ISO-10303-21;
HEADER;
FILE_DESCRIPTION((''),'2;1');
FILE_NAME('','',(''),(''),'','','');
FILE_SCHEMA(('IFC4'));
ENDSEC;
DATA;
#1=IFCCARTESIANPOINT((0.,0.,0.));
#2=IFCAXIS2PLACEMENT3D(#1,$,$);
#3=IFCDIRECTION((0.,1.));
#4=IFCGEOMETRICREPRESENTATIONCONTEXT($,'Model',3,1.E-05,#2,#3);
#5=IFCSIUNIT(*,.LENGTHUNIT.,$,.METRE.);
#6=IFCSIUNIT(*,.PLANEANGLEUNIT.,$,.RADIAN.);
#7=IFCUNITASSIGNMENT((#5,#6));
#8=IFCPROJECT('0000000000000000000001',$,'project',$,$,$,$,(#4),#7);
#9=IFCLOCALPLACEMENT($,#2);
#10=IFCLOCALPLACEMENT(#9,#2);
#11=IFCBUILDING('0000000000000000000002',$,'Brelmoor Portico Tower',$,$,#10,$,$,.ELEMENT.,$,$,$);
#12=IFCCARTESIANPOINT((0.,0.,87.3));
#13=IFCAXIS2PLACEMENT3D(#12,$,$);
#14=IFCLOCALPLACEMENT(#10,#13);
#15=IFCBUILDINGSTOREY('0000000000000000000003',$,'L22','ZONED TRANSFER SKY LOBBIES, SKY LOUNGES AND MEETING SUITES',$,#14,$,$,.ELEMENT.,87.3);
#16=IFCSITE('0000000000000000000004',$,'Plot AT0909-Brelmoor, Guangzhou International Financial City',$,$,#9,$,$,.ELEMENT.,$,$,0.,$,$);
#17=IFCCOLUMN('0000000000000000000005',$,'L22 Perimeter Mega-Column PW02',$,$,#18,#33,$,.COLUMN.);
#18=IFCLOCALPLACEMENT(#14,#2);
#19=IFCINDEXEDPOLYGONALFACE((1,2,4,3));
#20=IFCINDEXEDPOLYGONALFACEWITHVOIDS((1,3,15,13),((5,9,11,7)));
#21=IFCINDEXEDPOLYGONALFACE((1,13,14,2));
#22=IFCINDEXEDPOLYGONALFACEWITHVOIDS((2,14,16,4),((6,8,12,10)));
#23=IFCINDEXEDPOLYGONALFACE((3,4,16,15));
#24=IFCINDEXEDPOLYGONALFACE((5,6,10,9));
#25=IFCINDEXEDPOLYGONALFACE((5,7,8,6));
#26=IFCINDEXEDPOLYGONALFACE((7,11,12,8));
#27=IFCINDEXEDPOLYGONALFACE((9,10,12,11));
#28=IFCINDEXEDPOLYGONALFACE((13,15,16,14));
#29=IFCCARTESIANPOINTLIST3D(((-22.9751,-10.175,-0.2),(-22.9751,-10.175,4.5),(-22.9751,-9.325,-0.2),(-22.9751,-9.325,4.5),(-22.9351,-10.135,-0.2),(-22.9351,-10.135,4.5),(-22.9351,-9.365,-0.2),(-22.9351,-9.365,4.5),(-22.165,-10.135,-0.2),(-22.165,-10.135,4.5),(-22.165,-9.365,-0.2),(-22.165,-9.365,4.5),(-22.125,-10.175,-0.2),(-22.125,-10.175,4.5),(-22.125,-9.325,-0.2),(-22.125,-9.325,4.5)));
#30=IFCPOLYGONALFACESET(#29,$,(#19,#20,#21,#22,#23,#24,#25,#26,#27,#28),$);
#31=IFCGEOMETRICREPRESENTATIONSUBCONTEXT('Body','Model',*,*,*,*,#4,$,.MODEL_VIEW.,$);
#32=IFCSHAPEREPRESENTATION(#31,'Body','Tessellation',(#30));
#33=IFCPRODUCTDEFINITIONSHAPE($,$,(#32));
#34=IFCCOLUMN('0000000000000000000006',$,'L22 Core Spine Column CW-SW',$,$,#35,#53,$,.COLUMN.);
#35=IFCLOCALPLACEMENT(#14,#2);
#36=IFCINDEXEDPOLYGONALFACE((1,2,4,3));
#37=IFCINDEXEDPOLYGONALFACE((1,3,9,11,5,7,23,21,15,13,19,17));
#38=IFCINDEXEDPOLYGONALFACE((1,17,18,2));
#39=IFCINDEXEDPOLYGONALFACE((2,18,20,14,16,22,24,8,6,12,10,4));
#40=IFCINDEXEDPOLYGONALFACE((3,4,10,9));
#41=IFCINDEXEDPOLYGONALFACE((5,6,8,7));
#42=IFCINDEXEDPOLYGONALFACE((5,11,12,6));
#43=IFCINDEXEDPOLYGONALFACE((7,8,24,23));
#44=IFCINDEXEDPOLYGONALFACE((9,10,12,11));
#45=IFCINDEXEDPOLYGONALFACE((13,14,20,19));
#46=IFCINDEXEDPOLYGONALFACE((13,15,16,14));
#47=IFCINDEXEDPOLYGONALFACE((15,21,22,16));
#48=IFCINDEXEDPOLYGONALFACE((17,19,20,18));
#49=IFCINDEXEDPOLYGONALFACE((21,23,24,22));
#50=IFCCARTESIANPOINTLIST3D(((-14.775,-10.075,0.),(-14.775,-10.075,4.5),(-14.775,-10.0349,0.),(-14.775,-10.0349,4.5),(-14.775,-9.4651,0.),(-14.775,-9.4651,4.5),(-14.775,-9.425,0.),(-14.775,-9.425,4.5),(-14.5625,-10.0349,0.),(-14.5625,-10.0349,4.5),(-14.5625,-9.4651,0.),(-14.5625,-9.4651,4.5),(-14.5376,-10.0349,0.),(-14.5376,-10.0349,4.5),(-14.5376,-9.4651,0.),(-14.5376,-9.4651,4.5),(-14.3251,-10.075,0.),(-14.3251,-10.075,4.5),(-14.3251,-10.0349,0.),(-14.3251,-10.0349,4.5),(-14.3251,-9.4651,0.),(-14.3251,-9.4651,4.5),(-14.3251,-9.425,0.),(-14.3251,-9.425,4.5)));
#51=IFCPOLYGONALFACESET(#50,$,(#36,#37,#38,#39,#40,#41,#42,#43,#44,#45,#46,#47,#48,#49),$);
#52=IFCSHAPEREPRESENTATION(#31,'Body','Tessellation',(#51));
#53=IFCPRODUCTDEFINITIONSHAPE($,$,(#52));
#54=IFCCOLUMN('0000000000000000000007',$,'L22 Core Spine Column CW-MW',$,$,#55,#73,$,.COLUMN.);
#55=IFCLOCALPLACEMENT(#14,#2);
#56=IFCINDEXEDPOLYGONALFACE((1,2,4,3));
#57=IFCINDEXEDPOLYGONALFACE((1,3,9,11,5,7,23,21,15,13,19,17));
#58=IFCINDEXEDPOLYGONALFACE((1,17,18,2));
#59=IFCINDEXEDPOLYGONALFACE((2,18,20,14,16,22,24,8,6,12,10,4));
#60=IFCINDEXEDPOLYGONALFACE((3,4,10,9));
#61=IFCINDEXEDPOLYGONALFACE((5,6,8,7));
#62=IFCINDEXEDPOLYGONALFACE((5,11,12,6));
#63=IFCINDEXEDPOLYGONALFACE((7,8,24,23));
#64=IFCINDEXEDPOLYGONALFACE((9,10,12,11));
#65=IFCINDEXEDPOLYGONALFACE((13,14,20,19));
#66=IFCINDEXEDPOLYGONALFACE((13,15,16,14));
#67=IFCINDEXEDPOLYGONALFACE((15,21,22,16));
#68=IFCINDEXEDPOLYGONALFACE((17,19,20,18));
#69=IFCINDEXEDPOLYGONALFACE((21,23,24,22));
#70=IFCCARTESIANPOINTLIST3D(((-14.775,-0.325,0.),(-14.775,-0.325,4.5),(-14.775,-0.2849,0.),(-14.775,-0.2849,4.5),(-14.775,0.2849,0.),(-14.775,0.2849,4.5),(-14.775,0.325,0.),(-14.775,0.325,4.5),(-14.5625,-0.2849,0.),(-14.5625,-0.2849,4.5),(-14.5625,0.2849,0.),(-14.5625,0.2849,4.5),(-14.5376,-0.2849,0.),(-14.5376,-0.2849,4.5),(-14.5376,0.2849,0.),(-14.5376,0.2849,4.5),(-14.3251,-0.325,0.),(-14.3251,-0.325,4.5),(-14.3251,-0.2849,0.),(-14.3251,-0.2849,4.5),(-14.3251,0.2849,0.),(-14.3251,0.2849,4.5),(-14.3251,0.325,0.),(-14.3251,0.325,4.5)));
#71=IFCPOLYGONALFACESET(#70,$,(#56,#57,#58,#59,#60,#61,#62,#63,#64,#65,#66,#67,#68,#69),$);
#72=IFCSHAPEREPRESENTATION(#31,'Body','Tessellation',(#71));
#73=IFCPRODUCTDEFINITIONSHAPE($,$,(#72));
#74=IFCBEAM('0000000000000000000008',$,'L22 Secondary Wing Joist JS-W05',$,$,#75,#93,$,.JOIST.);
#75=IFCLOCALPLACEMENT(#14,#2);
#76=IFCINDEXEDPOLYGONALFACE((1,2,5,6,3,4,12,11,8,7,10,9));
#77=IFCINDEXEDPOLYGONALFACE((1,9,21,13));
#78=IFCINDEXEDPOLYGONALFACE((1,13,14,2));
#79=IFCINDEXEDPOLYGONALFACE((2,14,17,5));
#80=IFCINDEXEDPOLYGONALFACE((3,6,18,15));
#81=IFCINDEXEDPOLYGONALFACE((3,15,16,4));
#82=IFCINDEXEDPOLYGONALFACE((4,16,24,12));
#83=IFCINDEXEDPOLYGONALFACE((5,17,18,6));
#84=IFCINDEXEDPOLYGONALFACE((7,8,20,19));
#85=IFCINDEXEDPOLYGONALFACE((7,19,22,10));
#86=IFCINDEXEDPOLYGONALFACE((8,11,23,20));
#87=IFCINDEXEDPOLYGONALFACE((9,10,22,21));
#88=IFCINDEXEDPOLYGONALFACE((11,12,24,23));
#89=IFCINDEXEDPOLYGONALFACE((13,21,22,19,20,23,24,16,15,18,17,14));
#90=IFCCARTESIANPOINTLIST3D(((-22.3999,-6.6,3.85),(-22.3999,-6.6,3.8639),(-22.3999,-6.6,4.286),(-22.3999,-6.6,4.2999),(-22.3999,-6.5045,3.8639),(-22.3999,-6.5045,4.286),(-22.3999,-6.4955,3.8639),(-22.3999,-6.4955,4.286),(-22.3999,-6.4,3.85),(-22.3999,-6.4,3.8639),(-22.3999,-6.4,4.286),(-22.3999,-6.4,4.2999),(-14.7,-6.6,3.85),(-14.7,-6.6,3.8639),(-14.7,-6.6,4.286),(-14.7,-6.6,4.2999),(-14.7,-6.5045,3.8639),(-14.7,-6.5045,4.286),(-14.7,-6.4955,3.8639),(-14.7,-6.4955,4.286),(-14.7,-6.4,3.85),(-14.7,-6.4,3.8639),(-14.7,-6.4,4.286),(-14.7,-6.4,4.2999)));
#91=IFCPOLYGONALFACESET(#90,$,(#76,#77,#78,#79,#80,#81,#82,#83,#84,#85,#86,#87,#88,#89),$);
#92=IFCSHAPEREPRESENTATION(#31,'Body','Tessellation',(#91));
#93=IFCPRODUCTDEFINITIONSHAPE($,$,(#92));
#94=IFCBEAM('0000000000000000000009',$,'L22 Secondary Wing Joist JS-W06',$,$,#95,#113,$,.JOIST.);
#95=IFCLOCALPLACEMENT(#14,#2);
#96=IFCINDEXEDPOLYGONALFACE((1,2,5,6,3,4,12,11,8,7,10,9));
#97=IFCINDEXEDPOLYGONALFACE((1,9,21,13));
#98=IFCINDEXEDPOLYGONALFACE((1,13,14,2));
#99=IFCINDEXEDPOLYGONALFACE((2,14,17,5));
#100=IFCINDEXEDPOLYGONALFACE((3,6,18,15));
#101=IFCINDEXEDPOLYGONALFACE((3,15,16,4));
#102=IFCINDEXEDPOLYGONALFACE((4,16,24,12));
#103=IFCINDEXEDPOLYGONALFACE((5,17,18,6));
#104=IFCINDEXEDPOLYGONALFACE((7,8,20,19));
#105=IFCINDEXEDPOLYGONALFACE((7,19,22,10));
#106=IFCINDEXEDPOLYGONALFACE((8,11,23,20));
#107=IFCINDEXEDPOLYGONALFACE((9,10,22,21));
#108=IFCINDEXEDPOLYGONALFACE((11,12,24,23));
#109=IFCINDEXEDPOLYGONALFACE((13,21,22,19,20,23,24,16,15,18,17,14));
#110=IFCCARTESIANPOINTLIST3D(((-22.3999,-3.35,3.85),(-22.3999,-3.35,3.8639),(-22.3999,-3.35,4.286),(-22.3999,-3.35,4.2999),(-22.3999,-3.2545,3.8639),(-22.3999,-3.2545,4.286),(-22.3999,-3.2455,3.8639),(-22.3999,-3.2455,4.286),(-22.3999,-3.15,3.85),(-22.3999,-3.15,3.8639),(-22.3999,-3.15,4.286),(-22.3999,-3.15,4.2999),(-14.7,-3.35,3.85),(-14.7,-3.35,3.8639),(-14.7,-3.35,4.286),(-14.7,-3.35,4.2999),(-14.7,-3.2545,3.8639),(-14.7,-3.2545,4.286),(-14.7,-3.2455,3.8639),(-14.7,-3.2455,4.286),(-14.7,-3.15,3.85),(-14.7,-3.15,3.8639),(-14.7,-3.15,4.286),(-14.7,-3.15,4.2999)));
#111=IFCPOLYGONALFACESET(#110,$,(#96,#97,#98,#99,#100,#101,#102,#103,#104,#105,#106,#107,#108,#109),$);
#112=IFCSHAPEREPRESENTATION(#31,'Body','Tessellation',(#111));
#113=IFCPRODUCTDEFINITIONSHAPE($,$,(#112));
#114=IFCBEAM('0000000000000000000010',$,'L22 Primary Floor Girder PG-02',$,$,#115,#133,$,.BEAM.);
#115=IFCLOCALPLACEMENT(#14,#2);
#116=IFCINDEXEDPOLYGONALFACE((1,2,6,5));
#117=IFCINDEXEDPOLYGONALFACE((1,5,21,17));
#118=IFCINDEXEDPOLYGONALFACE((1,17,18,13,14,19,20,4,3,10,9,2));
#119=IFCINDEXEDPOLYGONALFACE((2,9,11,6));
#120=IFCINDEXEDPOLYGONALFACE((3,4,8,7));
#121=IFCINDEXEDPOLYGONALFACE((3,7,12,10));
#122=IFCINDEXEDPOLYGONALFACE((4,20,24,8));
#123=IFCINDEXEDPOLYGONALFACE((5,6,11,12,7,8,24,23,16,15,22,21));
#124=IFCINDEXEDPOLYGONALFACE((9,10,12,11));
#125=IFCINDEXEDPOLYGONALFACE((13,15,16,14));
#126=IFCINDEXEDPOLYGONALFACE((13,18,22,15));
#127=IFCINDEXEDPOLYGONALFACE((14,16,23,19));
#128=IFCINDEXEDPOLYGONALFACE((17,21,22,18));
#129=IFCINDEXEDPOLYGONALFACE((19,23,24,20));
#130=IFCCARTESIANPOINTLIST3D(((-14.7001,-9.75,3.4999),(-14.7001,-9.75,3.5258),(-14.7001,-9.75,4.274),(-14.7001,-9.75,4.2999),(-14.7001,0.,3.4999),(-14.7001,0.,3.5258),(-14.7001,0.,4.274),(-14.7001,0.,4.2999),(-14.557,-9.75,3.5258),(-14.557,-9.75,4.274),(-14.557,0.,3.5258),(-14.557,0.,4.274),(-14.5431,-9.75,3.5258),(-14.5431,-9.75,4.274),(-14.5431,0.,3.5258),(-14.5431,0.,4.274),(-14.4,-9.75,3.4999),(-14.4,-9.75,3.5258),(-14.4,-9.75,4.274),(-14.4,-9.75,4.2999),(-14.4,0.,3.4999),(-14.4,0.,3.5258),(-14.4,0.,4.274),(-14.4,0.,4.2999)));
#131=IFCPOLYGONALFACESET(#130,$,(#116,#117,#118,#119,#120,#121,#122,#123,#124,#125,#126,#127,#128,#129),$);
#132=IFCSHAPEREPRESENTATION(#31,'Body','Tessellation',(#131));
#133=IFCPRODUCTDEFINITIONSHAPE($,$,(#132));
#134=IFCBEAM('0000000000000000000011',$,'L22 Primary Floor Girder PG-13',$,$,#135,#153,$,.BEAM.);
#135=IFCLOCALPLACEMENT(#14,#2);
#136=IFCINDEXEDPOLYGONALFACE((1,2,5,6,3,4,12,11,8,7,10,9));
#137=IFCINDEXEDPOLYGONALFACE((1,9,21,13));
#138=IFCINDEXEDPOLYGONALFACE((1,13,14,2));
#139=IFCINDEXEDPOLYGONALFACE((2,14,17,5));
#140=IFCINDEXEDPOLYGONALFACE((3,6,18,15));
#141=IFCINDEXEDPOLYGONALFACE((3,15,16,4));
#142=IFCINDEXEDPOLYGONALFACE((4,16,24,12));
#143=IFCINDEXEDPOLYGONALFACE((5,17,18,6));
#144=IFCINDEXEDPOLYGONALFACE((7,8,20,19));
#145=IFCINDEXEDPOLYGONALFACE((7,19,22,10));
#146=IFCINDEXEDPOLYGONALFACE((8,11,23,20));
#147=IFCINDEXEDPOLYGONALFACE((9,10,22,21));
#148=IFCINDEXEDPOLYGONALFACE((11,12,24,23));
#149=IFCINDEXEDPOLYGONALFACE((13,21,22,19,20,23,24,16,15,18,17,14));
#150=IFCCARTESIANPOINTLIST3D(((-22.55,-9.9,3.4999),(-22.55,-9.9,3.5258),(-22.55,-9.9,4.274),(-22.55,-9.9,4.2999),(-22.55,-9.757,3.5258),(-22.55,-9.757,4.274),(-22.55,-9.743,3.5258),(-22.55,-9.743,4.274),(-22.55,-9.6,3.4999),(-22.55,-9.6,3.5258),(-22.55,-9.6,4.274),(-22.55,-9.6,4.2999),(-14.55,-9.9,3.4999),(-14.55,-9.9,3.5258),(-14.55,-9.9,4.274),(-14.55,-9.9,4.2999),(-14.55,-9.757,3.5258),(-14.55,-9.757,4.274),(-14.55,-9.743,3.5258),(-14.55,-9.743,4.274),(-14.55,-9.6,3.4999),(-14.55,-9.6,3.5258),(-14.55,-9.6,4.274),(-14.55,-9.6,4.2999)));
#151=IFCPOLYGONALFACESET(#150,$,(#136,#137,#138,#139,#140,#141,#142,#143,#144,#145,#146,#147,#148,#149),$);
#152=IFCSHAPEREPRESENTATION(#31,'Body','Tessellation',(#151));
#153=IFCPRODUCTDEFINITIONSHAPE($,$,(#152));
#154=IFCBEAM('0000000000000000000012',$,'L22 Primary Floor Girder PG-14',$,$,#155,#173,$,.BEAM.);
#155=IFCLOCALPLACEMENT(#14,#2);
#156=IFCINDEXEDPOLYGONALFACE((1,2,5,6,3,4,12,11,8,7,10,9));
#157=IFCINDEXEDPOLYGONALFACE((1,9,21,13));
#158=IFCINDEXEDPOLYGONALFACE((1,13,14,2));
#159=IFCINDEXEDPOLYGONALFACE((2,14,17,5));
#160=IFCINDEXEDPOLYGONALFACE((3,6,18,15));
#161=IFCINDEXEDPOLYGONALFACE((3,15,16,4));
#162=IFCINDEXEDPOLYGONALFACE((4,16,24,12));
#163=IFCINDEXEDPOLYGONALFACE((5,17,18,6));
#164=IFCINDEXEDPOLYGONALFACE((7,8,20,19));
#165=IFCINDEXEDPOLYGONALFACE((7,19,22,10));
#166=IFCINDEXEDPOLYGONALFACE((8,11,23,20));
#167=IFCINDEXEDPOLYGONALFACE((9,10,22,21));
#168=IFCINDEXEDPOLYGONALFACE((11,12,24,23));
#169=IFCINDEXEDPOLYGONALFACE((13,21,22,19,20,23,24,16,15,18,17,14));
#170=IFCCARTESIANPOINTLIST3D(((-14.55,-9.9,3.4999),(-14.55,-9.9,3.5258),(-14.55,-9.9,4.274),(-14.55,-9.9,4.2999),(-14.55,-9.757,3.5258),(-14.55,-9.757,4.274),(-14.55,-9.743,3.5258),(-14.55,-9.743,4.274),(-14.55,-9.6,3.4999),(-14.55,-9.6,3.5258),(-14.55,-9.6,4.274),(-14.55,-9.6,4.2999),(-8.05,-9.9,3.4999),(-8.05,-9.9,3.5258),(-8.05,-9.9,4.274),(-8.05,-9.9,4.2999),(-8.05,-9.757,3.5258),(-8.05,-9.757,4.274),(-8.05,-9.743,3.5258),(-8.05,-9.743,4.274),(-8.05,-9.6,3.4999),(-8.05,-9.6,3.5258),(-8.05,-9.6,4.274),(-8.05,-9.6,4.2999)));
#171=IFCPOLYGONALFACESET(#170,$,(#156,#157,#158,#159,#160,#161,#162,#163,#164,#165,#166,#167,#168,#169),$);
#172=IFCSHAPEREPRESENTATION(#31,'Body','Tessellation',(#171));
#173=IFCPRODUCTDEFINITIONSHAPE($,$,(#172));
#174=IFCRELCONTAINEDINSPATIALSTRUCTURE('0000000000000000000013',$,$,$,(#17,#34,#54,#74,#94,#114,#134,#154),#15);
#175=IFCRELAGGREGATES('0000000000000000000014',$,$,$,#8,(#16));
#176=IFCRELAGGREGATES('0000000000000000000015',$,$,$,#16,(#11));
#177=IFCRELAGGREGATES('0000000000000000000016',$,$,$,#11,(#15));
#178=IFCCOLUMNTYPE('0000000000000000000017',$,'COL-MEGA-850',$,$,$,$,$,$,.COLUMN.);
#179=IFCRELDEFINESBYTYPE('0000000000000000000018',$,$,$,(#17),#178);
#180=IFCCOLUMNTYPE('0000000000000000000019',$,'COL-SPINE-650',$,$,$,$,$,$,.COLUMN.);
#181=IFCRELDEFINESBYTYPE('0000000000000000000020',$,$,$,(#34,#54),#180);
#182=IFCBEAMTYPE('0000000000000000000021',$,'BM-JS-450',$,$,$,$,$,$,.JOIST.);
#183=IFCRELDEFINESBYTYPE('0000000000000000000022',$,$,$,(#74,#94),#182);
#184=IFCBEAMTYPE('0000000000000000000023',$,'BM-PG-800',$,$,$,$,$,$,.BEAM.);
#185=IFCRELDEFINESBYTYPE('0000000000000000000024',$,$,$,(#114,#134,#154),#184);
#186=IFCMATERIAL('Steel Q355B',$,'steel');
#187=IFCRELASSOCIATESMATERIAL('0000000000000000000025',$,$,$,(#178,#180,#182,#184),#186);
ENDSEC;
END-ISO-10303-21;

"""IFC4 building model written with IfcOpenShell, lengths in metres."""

from ifc_helpers import new_model, si_unit, direction, frame, origin, origin_2d, place, context, subcontext, project, spatial, hollow_rectangle, i_section, extrude, material, material_profile, profile_set, type_object, element, save


model = new_model("IFC4")

# Units and contexts
model_context = context("Model", 3, precision=1e-05, world=origin(), true_north=direction((0.0, 1.0)))
body_context = subcontext(model_context, "Body", "Model", "MODEL_VIEW")
ifc_project = project(units=[si_unit("LENGTHUNIT", "METRE"), si_unit("PLANEANGLEUNIT", "RADIAN")], contexts=[model_context])

# Site, building, storey
site_placement = place(None, origin())
site = spatial("IfcSite", under=ifc_project, at=site_placement, Name="Plot AT0909-Brelmoor, Guangzhou International Financial City", CompositionType="ELEMENT", RefElevation=0.0)
building_placement = place(site_placement, origin())
building = spatial("IfcBuilding", under=site, at=building_placement, Name="Brelmoor Portico Tower", CompositionType="ELEMENT")
storey_placement = place(building_placement, frame((0.0, 0.0, 87.3)))
storey = spatial("IfcBuildingStorey", under=building, at=storey_placement, Name="L22", Description="ZONED TRANSFER SKY LOBBIES, SKY LOUNGES AND MEETING SUITES", CompositionType="ELEMENT", Elevation=87.3)

# Columns
ifc_material_1 = material(Name="Steel Q355B", Category="steel")
ifc_material_profile_1 = material_profile(ifc_material_1, hollow_rectangle(XDim=0.8501, YDim=0.8501, WallThickness=0.04, at=origin_2d()), Name="BOX 850x850x40")
ifc_profile_set_1 = profile_set([ifc_material_profile_1], Name="Steel Q355B")
column_type_1 = type_object("IfcColumnType", Name="COL-MEGA-850", PredefinedType="COLUMN", material=ifc_profile_set_1)
column_placement = place(storey_placement, frame((-22.55, -9.75, -0.2), z_axis=(0.0, 0.0, 1.0), x_axis=(0.0, 1.0, 0.0)))
element("IfcColumn", 1, at=column_placement, inside=storey, type_object=column_type_1, Name="L22 Perimeter Mega-Column PW02", PredefinedType="COLUMN", context=body_context, shape_type="SweptSolid", body=[
    extrude(hollow_rectangle(XDim=0.8501, YDim=0.8501, WallThickness=0.04, at=origin_2d()), origin(), (0.0, 0.0, 1.0), 4.7),
])
ifc_material_profile_2 = material_profile(ifc_material_1, i_section(OverallWidth=0.45, OverallDepth=0.6499, WebThickness=0.0249, FlangeThickness=0.04, at=origin_2d()), Name="HW 650x450x25x40")
ifc_profile_set_2 = profile_set([ifc_material_profile_2], Name="Steel Q355B")
column_type_2 = type_object("IfcColumnType", Name="COL-SPINE-650", PredefinedType="COLUMN", material=ifc_profile_set_2)
for number, where, z_axis, x_axis, name in (
    (2, (-14.55, -9.75, 0.0), (0.0, 0.0, 1.0), (1.0, 0.0, 0.0), "L22 Core Spine Column CW-SW"),
    (3, (-14.55, 0.0, 0.0), (0.0, 0.0, 1.0), (1.0, 0.0, 0.0), "L22 Core Spine Column CW-MW"),
):
    element("IfcColumn", number, at=place(storey_placement, frame(where, z_axis=z_axis, x_axis=x_axis)), inside=storey, type_object=column_type_2, Name=name, PredefinedType="COLUMN", context=body_context, shape_type="SweptSolid", body=[
        extrude(i_section(OverallWidth=0.45, OverallDepth=0.6499, WebThickness=0.0249, FlangeThickness=0.04, at=origin_2d()), origin(), (0.0, 0.0, 1.0), 4.5),
    ])

# Beams
ifc_material_profile_3 = material_profile(ifc_material_1, i_section(OverallWidth=0.2, OverallDepth=0.45, WebThickness=0.009, FlangeThickness=0.0139, at=origin_2d()), Name="HN 450x200x9x14")
ifc_profile_set_3 = profile_set([ifc_material_profile_3], Name="Steel Q355B")
beam_type_1 = type_object("IfcBeamType", Name="BM-JS-450", PredefinedType="JOIST", material=ifc_profile_set_3)
for number, where, z_axis, x_axis, name in (
    (4, (-22.3999, -6.5, 4.075), (1.0, 0.0, 0.0), (0.0, 1.0, 0.0), "L22 Secondary Wing Joist JS-W05"),
    (5, (-22.3999, -3.25, 4.075), (1.0, 0.0, 0.0), (0.0, 1.0, 0.0), "L22 Secondary Wing Joist JS-W06"),
):
    element("IfcBeam", number, at=place(storey_placement, frame(where, z_axis=z_axis, x_axis=x_axis)), inside=storey, type_object=beam_type_1, Name=name, PredefinedType="JOIST", context=body_context, shape_type="SweptSolid", body=[
        extrude(i_section(OverallWidth=0.2, OverallDepth=0.45, WebThickness=0.009, FlangeThickness=0.0139, at=origin_2d()), origin(), (0.0, 0.0, 1.0), 7.7),
    ])
ifc_material_profile_4 = material_profile(ifc_material_1, i_section(OverallWidth=0.3, OverallDepth=0.8, WebThickness=0.0139, FlangeThickness=0.0259, at=origin_2d()), Name="HN 800x300x14x26")
ifc_profile_set_4 = profile_set([ifc_material_profile_4], Name="Steel Q355B")
beam_type_2 = type_object("IfcBeamType", Name="BM-PG-800", PredefinedType="BEAM", material=ifc_profile_set_4)
beam_1_placement = place(storey_placement, frame((-14.55, -9.75, 3.8999), z_axis=(0.0, 1.0, 0.0), x_axis=(-1.0, 0.0, 0.0)))
element("IfcBeam", 6, at=beam_1_placement, inside=storey, type_object=beam_type_2, Name="L22 Primary Floor Girder PG-02", PredefinedType="BEAM", context=body_context, shape_type="SweptSolid", body=[
    extrude(i_section(OverallWidth=0.3, OverallDepth=0.8, WebThickness=0.0139, FlangeThickness=0.0259, at=origin_2d()), origin(), (0.0, 0.0, 1.0), 9.75),
])
beam_2_placement = place(storey_placement, frame((-22.55, -9.75, 3.8999), z_axis=(1.0, 0.0, 0.0), x_axis=(0.0, 1.0, 0.0)))
element("IfcBeam", 7, at=beam_2_placement, inside=storey, type_object=beam_type_2, Name="L22 Primary Floor Girder PG-13", PredefinedType="BEAM", context=body_context, shape_type="SweptSolid", body=[
    extrude(i_section(OverallWidth=0.3, OverallDepth=0.8, WebThickness=0.0139, FlangeThickness=0.0259, at=origin_2d()), origin(), (0.0, 0.0, 1.0), 8.0),
])
beam_3_placement = place(storey_placement, frame((-14.55, -9.75, 3.8999), z_axis=(1.0, 0.0, 0.0), x_axis=(0.0, 1.0, 0.0)))
element("IfcBeam", 8, at=beam_3_placement, inside=storey, type_object=beam_type_2, Name="L22 Primary Floor Girder PG-14", PredefinedType="BEAM", context=body_context, shape_type="SweptSolid", body=[
    extrude(i_section(OverallWidth=0.3, OverallDepth=0.8, WebThickness=0.0139, FlangeThickness=0.0259, at=origin_2d()), origin(), (0.0, 0.0, 1.0), 6.5),
])

save(model, "model.ifc")
